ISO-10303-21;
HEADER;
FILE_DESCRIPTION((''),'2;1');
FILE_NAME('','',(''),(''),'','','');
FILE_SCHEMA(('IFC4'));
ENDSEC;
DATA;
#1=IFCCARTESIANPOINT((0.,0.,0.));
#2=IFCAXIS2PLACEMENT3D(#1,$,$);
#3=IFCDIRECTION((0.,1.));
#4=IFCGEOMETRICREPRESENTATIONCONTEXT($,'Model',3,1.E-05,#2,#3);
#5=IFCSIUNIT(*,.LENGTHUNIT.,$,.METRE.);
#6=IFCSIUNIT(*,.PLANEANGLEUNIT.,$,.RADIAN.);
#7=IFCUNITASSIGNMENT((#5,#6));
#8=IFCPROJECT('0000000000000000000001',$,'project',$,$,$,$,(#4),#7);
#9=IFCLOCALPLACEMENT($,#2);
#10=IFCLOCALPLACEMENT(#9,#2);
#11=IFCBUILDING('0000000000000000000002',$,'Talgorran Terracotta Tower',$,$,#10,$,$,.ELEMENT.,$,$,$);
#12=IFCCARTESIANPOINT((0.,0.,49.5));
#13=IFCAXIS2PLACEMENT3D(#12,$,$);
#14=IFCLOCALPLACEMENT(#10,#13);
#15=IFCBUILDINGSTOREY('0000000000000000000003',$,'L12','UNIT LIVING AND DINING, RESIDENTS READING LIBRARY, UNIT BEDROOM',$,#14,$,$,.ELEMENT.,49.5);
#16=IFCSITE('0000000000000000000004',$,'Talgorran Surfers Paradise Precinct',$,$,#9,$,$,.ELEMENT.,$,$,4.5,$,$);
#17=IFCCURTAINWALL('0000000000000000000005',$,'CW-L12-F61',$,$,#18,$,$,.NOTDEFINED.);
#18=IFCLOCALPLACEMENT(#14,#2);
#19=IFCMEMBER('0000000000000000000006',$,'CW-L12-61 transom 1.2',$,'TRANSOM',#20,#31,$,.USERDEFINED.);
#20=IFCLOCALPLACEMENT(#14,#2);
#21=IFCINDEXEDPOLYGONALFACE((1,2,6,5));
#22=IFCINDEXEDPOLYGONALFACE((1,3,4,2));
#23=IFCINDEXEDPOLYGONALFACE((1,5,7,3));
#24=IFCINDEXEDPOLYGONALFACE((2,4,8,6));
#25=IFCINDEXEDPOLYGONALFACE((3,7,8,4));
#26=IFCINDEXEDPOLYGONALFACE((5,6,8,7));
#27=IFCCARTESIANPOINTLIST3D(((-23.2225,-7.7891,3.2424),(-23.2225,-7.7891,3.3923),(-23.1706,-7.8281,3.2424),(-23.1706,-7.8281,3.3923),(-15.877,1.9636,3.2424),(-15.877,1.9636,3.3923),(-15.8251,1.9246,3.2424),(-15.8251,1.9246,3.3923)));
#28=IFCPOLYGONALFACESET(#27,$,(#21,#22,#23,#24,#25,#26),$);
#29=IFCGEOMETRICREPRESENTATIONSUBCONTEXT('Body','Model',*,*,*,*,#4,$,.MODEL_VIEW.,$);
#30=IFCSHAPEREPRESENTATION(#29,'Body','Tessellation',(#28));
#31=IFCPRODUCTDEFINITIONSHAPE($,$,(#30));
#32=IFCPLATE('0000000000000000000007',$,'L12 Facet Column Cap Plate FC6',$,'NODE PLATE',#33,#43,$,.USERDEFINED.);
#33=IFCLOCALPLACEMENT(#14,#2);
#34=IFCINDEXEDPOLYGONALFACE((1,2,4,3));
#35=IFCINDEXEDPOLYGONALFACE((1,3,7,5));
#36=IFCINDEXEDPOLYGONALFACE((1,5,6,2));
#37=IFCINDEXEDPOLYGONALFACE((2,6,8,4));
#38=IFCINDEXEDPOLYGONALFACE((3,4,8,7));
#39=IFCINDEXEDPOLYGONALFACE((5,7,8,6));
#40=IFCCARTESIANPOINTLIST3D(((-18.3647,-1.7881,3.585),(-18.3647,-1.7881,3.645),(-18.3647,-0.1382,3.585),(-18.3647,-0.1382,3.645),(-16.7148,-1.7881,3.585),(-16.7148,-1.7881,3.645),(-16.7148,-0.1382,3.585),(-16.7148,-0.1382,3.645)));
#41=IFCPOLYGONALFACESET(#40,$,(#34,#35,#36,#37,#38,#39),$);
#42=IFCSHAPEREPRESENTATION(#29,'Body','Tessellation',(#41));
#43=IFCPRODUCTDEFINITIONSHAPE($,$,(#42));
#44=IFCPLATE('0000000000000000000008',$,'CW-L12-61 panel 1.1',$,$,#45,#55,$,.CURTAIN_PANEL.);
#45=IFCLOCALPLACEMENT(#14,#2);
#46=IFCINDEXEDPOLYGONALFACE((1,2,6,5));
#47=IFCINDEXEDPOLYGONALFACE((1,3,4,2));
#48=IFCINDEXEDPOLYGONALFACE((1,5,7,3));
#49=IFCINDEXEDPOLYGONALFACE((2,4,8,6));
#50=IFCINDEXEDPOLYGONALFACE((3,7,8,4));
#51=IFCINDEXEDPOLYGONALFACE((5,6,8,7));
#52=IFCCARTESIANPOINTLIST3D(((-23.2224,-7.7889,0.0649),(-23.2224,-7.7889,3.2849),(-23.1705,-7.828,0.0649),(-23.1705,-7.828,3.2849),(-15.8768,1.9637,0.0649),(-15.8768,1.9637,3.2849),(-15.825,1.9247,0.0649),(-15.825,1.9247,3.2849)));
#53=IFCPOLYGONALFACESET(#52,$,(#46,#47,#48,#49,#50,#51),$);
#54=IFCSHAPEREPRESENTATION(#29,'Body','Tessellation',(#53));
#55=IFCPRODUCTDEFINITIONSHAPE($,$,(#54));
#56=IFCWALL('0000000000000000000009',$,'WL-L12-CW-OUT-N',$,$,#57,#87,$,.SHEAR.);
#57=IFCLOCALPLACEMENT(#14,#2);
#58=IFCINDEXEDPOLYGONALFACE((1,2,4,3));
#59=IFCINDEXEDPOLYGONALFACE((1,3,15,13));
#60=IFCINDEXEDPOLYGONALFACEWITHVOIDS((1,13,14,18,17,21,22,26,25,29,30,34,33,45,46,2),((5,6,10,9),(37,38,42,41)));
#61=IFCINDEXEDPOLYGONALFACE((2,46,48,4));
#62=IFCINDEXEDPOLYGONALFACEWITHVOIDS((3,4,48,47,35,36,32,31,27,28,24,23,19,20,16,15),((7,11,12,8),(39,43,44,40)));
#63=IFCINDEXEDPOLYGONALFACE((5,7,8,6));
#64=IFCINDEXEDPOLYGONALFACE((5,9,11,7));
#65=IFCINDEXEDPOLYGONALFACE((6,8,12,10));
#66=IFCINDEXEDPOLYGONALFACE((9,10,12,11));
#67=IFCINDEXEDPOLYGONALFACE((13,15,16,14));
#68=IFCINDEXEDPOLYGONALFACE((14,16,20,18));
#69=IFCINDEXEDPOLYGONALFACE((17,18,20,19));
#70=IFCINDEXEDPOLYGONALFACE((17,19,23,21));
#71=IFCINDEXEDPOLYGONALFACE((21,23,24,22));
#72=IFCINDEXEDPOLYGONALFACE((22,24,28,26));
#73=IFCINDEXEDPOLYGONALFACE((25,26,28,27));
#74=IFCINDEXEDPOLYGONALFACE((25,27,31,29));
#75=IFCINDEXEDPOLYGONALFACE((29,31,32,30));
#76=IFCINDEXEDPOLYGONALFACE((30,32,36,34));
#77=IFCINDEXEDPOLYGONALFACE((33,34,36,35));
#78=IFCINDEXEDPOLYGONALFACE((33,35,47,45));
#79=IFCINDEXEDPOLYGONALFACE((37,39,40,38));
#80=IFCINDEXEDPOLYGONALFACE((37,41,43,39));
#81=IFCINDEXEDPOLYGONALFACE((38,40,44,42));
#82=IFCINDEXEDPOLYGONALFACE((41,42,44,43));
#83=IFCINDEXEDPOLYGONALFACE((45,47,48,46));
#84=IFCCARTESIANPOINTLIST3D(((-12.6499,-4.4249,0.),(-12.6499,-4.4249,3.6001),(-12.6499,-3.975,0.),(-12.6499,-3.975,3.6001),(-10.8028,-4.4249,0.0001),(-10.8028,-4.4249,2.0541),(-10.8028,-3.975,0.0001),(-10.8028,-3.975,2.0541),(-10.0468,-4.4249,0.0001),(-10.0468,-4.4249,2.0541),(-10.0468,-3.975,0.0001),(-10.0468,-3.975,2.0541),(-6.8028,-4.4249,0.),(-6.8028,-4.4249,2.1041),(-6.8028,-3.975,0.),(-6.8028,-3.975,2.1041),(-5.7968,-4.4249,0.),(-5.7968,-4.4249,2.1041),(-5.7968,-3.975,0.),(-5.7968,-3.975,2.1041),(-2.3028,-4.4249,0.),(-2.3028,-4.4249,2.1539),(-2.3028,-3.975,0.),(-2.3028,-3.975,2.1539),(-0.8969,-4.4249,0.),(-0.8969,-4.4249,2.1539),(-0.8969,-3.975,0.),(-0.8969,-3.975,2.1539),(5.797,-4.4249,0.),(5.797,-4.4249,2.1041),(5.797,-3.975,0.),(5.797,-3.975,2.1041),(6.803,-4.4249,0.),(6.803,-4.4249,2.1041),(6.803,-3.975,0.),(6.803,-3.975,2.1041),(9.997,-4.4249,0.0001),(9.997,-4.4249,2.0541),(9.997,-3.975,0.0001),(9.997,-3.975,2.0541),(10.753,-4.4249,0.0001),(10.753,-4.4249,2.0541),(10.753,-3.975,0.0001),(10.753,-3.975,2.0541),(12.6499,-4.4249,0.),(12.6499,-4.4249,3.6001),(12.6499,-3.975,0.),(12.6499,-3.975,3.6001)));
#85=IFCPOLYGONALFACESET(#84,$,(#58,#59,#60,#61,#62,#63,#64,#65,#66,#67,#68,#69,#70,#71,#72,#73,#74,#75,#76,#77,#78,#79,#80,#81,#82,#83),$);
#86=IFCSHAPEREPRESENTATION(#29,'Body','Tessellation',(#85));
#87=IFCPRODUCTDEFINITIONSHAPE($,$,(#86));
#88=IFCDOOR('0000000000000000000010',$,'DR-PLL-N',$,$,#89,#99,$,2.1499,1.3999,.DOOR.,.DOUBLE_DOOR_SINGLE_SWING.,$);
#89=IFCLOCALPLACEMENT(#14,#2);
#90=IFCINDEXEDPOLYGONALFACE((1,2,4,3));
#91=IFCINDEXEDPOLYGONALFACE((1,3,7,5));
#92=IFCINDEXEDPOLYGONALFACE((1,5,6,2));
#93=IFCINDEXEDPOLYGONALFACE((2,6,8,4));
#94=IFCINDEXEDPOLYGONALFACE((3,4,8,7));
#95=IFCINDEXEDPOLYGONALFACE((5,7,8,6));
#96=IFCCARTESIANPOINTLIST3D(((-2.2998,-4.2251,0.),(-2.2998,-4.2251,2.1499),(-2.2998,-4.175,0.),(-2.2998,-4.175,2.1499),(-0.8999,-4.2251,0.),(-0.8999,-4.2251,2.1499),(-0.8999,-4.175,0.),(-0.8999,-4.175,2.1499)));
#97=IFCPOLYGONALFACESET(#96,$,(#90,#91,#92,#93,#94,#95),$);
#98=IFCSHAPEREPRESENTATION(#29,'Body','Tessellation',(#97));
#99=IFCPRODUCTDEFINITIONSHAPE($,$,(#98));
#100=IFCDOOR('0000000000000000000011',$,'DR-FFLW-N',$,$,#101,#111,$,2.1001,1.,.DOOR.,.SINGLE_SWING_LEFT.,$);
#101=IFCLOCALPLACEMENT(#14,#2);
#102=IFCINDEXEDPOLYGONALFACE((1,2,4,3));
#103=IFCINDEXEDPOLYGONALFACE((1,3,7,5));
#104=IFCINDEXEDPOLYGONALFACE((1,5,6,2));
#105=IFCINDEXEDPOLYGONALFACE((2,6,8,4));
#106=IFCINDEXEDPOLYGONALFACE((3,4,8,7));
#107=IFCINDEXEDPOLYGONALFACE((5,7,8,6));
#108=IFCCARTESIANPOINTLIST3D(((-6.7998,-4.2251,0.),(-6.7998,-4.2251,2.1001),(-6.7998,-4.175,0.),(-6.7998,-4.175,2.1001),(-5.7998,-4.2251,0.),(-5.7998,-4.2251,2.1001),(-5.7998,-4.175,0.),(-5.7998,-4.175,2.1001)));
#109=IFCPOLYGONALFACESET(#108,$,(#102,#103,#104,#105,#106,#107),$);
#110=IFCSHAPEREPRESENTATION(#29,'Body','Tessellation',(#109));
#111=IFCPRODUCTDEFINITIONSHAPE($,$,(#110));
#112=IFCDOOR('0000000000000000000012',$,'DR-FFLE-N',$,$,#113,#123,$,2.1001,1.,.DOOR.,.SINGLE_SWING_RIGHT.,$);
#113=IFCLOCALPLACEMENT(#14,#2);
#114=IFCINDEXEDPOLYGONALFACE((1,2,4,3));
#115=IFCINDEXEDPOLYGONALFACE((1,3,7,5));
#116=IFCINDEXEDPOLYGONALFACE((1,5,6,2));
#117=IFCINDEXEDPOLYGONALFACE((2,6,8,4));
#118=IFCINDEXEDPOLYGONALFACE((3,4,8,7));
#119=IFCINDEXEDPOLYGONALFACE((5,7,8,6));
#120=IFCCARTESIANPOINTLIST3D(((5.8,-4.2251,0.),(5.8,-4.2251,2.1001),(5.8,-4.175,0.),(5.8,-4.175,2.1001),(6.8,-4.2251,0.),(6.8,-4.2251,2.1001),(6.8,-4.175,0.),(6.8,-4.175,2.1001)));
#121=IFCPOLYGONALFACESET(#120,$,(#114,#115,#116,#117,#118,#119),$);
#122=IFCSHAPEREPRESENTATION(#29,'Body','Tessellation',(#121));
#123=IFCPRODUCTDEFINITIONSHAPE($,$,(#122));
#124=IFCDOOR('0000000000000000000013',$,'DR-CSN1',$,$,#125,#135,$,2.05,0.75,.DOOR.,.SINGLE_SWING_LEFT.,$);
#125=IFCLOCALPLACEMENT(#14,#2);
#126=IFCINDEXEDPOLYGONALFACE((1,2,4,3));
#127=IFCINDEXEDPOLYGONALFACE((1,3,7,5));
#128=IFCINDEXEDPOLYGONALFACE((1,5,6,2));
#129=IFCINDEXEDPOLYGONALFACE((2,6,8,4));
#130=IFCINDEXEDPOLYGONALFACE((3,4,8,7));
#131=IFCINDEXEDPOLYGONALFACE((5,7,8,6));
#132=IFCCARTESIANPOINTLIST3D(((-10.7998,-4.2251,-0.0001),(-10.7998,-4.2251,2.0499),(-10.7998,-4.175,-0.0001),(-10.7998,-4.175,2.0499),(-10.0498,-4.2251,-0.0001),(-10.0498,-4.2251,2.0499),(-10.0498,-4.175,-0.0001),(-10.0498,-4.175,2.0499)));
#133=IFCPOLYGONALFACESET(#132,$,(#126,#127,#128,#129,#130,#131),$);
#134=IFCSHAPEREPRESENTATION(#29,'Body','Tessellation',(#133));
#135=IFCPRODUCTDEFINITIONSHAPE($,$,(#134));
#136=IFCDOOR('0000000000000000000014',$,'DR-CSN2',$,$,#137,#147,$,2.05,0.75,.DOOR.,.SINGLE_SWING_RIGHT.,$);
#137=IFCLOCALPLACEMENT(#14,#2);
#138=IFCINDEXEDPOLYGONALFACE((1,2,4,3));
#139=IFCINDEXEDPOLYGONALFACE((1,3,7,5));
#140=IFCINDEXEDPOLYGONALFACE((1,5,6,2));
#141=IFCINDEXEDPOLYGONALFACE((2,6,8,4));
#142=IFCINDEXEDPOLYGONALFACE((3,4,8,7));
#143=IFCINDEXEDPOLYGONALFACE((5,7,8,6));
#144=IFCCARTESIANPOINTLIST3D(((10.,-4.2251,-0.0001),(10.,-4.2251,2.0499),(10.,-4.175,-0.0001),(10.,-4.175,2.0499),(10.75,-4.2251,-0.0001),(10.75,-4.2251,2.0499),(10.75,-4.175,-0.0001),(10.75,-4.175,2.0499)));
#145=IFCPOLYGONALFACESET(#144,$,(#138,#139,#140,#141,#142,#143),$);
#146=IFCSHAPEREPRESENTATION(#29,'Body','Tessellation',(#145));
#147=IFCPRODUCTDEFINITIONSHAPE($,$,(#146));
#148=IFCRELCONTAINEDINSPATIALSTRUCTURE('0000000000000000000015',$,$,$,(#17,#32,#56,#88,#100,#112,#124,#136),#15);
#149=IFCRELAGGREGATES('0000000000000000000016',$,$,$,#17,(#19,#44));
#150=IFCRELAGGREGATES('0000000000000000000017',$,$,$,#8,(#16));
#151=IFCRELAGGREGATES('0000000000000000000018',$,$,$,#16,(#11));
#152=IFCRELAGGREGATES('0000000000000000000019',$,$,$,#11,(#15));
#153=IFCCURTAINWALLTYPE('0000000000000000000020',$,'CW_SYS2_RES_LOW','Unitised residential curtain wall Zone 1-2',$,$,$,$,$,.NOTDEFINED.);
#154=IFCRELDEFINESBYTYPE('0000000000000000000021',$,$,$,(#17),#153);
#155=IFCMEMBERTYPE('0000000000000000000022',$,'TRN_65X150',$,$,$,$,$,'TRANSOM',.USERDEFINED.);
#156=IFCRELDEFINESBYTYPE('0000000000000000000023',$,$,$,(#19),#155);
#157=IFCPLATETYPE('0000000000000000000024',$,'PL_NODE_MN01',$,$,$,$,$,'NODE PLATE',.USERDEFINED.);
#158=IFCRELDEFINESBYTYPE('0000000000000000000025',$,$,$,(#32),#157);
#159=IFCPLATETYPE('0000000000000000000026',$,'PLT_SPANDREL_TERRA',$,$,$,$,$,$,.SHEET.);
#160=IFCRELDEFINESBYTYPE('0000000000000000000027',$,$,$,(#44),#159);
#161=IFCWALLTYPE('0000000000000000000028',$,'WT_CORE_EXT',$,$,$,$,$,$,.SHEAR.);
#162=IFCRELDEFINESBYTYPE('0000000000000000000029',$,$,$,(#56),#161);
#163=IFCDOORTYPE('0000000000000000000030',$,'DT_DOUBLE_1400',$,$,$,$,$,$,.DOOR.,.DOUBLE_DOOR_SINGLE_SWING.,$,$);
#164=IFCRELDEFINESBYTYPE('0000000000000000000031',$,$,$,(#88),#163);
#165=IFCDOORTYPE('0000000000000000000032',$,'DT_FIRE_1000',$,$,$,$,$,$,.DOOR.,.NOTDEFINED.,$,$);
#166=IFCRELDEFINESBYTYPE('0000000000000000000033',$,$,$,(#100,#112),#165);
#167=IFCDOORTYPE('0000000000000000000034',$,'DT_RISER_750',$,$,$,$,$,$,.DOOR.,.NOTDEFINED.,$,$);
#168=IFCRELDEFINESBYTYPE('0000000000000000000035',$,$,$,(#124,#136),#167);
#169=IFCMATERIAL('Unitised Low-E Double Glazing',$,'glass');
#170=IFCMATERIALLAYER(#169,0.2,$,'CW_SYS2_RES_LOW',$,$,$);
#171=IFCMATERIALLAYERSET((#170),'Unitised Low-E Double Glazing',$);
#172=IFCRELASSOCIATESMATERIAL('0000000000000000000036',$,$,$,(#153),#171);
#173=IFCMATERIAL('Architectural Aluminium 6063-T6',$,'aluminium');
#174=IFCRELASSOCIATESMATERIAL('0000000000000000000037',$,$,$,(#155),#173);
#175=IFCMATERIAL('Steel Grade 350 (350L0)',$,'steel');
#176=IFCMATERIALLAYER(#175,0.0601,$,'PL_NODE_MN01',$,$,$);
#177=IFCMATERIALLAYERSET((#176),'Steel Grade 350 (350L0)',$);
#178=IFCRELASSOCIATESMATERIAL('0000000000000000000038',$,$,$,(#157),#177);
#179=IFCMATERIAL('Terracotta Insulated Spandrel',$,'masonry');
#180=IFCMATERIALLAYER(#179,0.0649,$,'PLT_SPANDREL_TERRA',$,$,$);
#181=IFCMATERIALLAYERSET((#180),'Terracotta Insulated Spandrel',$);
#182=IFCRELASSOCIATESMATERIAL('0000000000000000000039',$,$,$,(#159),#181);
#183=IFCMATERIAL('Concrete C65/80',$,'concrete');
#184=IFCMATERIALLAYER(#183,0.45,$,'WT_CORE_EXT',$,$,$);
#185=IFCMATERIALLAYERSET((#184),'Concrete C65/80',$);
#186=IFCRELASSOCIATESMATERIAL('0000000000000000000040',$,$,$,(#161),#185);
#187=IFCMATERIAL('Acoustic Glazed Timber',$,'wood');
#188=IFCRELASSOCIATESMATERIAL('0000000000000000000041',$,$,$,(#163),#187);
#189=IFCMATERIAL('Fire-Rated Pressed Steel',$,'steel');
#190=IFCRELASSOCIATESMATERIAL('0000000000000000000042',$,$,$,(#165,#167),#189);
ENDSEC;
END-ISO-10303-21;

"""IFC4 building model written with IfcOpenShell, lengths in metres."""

from ifc_helpers import new_model, si_unit, direction, frame, frame_2d, origin, origin_2d, place, context, subcontext, project, spatial, rectangle, extrude, source, transform, mapped, material, layer, layer_set, material_profile, profile_set, type_object, type_shapes, element, fill, aggregate, save


model = new_model("IFC4")

# Units and contexts
model_context = context("Model", 3, precision=1e-05, world=origin(), true_north=direction((0.0, 1.0)))
body_context = subcontext(model_context, "Body", "Model", "MODEL_VIEW")
ifc_project = project(units=[si_unit("LENGTHUNIT", "METRE"), si_unit("PLANEANGLEUNIT", "RADIAN")], contexts=[model_context])

# Site, building, storey
site_placement = place(None, origin())
site = spatial("IfcSite", under=ifc_project, at=site_placement, Name="Talgorran Surfers Paradise Precinct", CompositionType="ELEMENT", RefElevation=4.5)
building_placement = place(site_placement, origin())
building = spatial("IfcBuilding", under=site, at=building_placement, Name="Talgorran Terracotta Tower", CompositionType="ELEMENT")
storey_placement = place(building_placement, frame((0.0, 0.0, 49.5)))
storey = spatial("IfcBuildingStorey", under=building, at=storey_placement, Name="L12", Description="UNIT LIVING AND DINING, RESIDENTS READING LIBRARY, UNIT BEDROOM", CompositionType="ELEMENT", Elevation=49.5)

# Shared definitions
ifc_material_1 = material(Name="Steel Grade 350 (350L0)", Category="steel")

# Curtain wall, member
ifc_material_2 = material(Name="Unitised Low-E Double Glazing", Category="glass")
ifc_layer_1 = layer(ifc_material_2, 0.2, Name="CW_SYS2_RES_LOW")
ifc_layer_set_1 = layer_set([ifc_layer_1], Name="Unitised Low-E Double Glazing")
curtain_wall_type = type_object("IfcCurtainWallType", Name="CW_SYS2_RES_LOW", Description="Unitised residential curtain wall Zone 1-2", PredefinedType="NOTDEFINED", material=ifc_layer_set_1)
curtain_wall_placement = place(storey_placement, origin())
curtain_wall = element("IfcCurtainWall", 1, at=curtain_wall_placement, inside=storey, type_object=curtain_wall_type, Name="CW-L12-F61", PredefinedType="NOTDEFINED")
ifc_material_3 = material(Name="Architectural Aluminium 6063-T6", Category="aluminium")
ifc_material_profile_1 = material_profile(ifc_material_3, rectangle(XDim=0.0649, YDim=0.1499, at=origin_2d()), Name="CWT65X150")
ifc_profile_set_1 = profile_set([ifc_material_profile_1], Name="Architectural Aluminium 6063-T6")
member_type = type_object("IfcMemberType", Name="TRN_65X150", ElementType="TRANSOM", PredefinedType="USERDEFINED", material=ifc_profile_set_1)
member_1_placement = place(storey_placement, frame((-15.8511, 1.9441, 3.3174), z_axis=(-0.601621, -0.798782, 0.0), x_axis=(0.798782, -0.601621, 0.0)))
member_1 = element("IfcMember", 2, at=member_1_placement, type_object=member_type, Name="CW-L12-61 transom 1.2", ObjectType="TRANSOM", PredefinedType="USERDEFINED", context=body_context, shape_type="SweptSolid", body=[
    extrude(rectangle(XDim=0.0649, YDim=0.1499, at=origin_2d()), origin(), (0.0, 0.0, 1.0), 12.2095),
])

# Plates
ifc_layer_2 = layer(ifc_material_1, 0.0601, Name="PL_NODE_MN01")
ifc_layer_set_2 = layer_set([ifc_layer_2], Name="Steel Grade 350 (350L0)")
plate_type_1 = type_object("IfcPlateType", Name="PL_NODE_MN01", ElementType="NODE PLATE", PredefinedType="USERDEFINED", material=ifc_layer_set_2)
plate_1_placement = place(storey_placement, frame((-17.5398, -0.9631, 3.585), z_axis=(0.0, 0.0, 1.0), x_axis=(1.0, 0.0, 0.0)))
element("IfcPlate", 3, at=plate_1_placement, inside=storey, type_object=plate_type_1, Name="L12 Facet Column Cap Plate FC6", ObjectType="NODE PLATE", PredefinedType="USERDEFINED", context=body_context, shape_type="SweptSolid", body=[
    extrude(rectangle(XDim=1.6499, YDim=1.6499, at=origin_2d()), origin(), (0.0, 0.0, 1.0), 0.0601),
])
ifc_material_4 = material(Name="Terracotta Insulated Spandrel", Category="masonry")
ifc_layer_3 = layer(ifc_material_4, 0.0649, Name="PLT_SPANDREL_TERRA")
ifc_layer_set_3 = layer_set([ifc_layer_3], Name="Terracotta Insulated Spandrel")
plate_type_2 = type_object("IfcPlateType", Name="PLT_SPANDREL_TERRA", PredefinedType="SHEET", material=ifc_layer_set_3)
shared_shape = source(origin(), body_context, "Body", "SweptSolid", [
    extrude(rectangle(XDim=12.2095, YDim=0.0649, at=origin_2d()), origin(), (0.0, 0.0, 1.0), 3.22),
])
type_shapes(plate_type_2, [shared_shape])
plate_2_placement = place(storey_placement, frame((-19.5237, -2.9321, 0.0649), z_axis=(0.0, 0.0, 1.0), x_axis=(-0.601629, -0.798776, 0.0)))
plate_2 = element("IfcPlate", 4, at=plate_2_placement, type_object=plate_type_2, Name="CW-L12-61 panel 1.1", PredefinedType="CURTAIN_PANEL", context=body_context, shape_type="MappedRepresentation", body=[
    mapped(shared_shape, transform((0.0, 0.0, 0.0), scale=1.0)),
])
aggregate(curtain_wall, [member_1, plate_2])

# Wall, openings, doors
ifc_material_5 = material(Name="Concrete C65/80", Category="concrete")
ifc_layer_4 = layer(ifc_material_5, 0.45, Name="WT_CORE_EXT")
ifc_layer_set_4 = layer_set([ifc_layer_4], Name="Concrete C65/80")
wall_type_1 = type_object("IfcWallType", Name="WT_CORE_EXT", PredefinedType="SHEAR", material=ifc_layer_set_4)
wall_1_placement = place(storey_placement, frame((-12.6499, -4.2, 0.0), z_axis=(0.0, 0.0, 1.0), x_axis=(1.0, 0.0, 0.0)))
wall_1 = element("IfcWall", 5, at=wall_1_placement, inside=storey, type_object=wall_type_1, Name="WL-L12-CW-OUT-N", PredefinedType="SHEAR", context=body_context, shape_type="SweptSolid", body=[
    extrude(rectangle(XDim=25.2998, YDim=0.45, at=frame_2d((12.6499, 0.0))), origin(), (0.0, 0.0, 1.0), 3.6001),
])
opening_1_placement = place(wall_1_placement, frame((1.8501, 0.0, 0.0)))
opening_1 = element("IfcOpeningElement", 6, at=opening_1_placement, cuts=wall_1, PredefinedType="OPENING", context=body_context, shape_type="SweptSolid", body=[
    extrude(rectangle(XDim=0.756, YDim=2.054, at=frame_2d((0.375, 1.0271))), frame((0.0, 0.2349, 0.0), z_axis=(0.0, -1.0, 0.0), x_axis=(1.0, 0.0, 0.0)), (0.0, 0.0, 1.0), 0.47),
])
opening_2_placement = place(wall_1_placement, frame((22.6499, 0.0, 0.0)))
opening_2 = element("IfcOpeningElement", 7, at=opening_2_placement, cuts=wall_1, PredefinedType="OPENING", context=body_context, shape_type="SweptSolid", body=[
    extrude(rectangle(XDim=0.756, YDim=2.054, at=frame_2d((0.375, 1.0271))), frame((0.0, 0.2349, 0.0), z_axis=(0.0, -1.0, 0.0), x_axis=(1.0, 0.0, 0.0)), (0.0, 0.0, 1.0), 0.47),
])
opening_3_placement = place(wall_1_placement, frame((5.8501, 0.0, 0.0)))
opening_3 = element("IfcOpeningElement", 8, at=opening_3_placement, cuts=wall_1, PredefinedType="OPENING", context=body_context, shape_type="SweptSolid", body=[
    extrude(rectangle(XDim=1.006, YDim=2.1041, at=frame_2d((0.5, 1.052))), frame((0.0, 0.2349, 0.0), z_axis=(0.0, -1.0, 0.0), x_axis=(1.0, 0.0, 0.0)), (0.0, 0.0, 1.0), 0.47),
])
opening_4_placement = place(wall_1_placement, frame((10.3501, 0.0, 0.0)))
opening_4 = element("IfcOpeningElement", 9, at=opening_4_placement, cuts=wall_1, PredefinedType="OPENING", context=body_context, shape_type="SweptSolid", body=[
    extrude(rectangle(XDim=1.4059, YDim=2.1539, at=frame_2d((0.7, 1.0769))), frame((0.0, 0.2349, 0.0), z_axis=(0.0, -1.0, 0.0), x_axis=(1.0, 0.0, 0.0)), (0.0, 0.0, 1.0), 0.47),
])
opening_5_placement = place(wall_1_placement, frame((18.45, 0.0, 0.0)))
opening_5 = element("IfcOpeningElement", 10, at=opening_5_placement, cuts=wall_1, PredefinedType="OPENING", context=body_context, shape_type="SweptSolid", body=[
    extrude(rectangle(XDim=1.006, YDim=2.1041, at=frame_2d((0.5, 1.052))), frame((0.0, 0.2349, 0.0), z_axis=(0.0, -1.0, 0.0), x_axis=(1.0, 0.0, 0.0)), (0.0, 0.0, 1.0), 0.47),
])
ifc_material_6 = material(Name="Acoustic Glazed Timber", Category="wood")
door_type_1 = type_object("IfcDoorType", Name="DT_DOUBLE_1400", OperationType="DOUBLE_DOOR_SINGLE_SWING", PredefinedType="DOOR", material=ifc_material_6)
door_1_placement = place(opening_4_placement, origin())
door_1 = element("IfcDoor", 11, at=door_1_placement, inside=storey, type_object=door_type_1, Name="DR-PLL-N", OperationType="DOUBLE_DOOR_SINGLE_SWING", OverallHeight=2.1499, OverallWidth=1.3999, PredefinedType="DOOR", context=body_context, shape_type="SweptSolid", body=[
    extrude(rectangle(XDim=1.3999, YDim=2.1499, at=frame_2d((0.7, 1.075))), frame((0.0, 0.0249, 0.0), z_axis=(0.0, -1.0, 0.0), x_axis=(1.0, 0.0, 0.0)), (0.0, 0.0, 1.0), 0.05),
])
fill(opening_4, door_1)
ifc_material_7 = material(Name="Fire-Rated Pressed Steel", Category="steel")
door_type_2 = type_object("IfcDoorType", Name="DT_FIRE_1000", OperationType="NOTDEFINED", PredefinedType="DOOR", material=ifc_material_7)
door_2_placement = place(opening_3_placement, origin())
door_2 = element("IfcDoor", 12, at=door_2_placement, inside=storey, type_object=door_type_2, Name="DR-FFLW-N", OperationType="SINGLE_SWING_LEFT", OverallHeight=2.1001, OverallWidth=1.0, PredefinedType="DOOR", context=body_context, shape_type="SweptSolid", body=[
    extrude(rectangle(XDim=1.0, YDim=2.1001, at=frame_2d((0.5, 1.05))), frame((0.0, 0.0249, 0.0), z_axis=(0.0, -1.0, 0.0), x_axis=(1.0, 0.0, 0.0)), (0.0, 0.0, 1.0), 0.05),
])
fill(opening_3, door_2)
door_3_placement = place(opening_5_placement, origin())
door_3 = element("IfcDoor", 13, at=door_3_placement, inside=storey, type_object=door_type_2, Name="DR-FFLE-N", OperationType="SINGLE_SWING_RIGHT", OverallHeight=2.1001, OverallWidth=1.0, PredefinedType="DOOR", context=body_context, shape_type="SweptSolid", body=[
    extrude(rectangle(XDim=1.0, YDim=2.1001, at=frame_2d((0.5, 1.05))), frame((0.0, 0.0249, 0.0), z_axis=(0.0, -1.0, 0.0), x_axis=(1.0, 0.0, 0.0)), (0.0, 0.0, 1.0), 0.05),
])
fill(opening_5, door_3)
door_type_3 = type_object("IfcDoorType", Name="DT_RISER_750", OperationType="NOTDEFINED", PredefinedType="DOOR", material=ifc_material_7)
door_4_placement = place(opening_1_placement, origin())
door_4 = element("IfcDoor", 14, at=door_4_placement, inside=storey, type_object=door_type_3, Name="DR-CSN1", OperationType="SINGLE_SWING_LEFT", OverallHeight=2.05, OverallWidth=0.75, PredefinedType="DOOR", context=body_context, shape_type="SweptSolid", body=[
    extrude(rectangle(XDim=0.75, YDim=2.05, at=frame_2d((0.375, 1.0249))), frame((0.0, 0.0249, 0.0), z_axis=(0.0, -1.0, 0.0), x_axis=(1.0, 0.0, 0.0)), (0.0, 0.0, 1.0), 0.05),
])
fill(opening_1, door_4)
door_5_placement = place(opening_2_placement, origin())
door_5 = element("IfcDoor", 15, at=door_5_placement, inside=storey, type_object=door_type_3, Name="DR-CSN2", OperationType="SINGLE_SWING_RIGHT", OverallHeight=2.05, OverallWidth=0.75, PredefinedType="DOOR", context=body_context, shape_type="SweptSolid", body=[
    extrude(rectangle(XDim=0.75, YDim=2.05, at=frame_2d((0.375, 1.0249))), frame((0.0, 0.0249, 0.0), z_axis=(0.0, -1.0, 0.0), x_axis=(1.0, 0.0, 0.0)), (0.0, 0.0, 1.0), 0.05),
])
fill(opening_2, door_5)

save(model, "model.ifc")
